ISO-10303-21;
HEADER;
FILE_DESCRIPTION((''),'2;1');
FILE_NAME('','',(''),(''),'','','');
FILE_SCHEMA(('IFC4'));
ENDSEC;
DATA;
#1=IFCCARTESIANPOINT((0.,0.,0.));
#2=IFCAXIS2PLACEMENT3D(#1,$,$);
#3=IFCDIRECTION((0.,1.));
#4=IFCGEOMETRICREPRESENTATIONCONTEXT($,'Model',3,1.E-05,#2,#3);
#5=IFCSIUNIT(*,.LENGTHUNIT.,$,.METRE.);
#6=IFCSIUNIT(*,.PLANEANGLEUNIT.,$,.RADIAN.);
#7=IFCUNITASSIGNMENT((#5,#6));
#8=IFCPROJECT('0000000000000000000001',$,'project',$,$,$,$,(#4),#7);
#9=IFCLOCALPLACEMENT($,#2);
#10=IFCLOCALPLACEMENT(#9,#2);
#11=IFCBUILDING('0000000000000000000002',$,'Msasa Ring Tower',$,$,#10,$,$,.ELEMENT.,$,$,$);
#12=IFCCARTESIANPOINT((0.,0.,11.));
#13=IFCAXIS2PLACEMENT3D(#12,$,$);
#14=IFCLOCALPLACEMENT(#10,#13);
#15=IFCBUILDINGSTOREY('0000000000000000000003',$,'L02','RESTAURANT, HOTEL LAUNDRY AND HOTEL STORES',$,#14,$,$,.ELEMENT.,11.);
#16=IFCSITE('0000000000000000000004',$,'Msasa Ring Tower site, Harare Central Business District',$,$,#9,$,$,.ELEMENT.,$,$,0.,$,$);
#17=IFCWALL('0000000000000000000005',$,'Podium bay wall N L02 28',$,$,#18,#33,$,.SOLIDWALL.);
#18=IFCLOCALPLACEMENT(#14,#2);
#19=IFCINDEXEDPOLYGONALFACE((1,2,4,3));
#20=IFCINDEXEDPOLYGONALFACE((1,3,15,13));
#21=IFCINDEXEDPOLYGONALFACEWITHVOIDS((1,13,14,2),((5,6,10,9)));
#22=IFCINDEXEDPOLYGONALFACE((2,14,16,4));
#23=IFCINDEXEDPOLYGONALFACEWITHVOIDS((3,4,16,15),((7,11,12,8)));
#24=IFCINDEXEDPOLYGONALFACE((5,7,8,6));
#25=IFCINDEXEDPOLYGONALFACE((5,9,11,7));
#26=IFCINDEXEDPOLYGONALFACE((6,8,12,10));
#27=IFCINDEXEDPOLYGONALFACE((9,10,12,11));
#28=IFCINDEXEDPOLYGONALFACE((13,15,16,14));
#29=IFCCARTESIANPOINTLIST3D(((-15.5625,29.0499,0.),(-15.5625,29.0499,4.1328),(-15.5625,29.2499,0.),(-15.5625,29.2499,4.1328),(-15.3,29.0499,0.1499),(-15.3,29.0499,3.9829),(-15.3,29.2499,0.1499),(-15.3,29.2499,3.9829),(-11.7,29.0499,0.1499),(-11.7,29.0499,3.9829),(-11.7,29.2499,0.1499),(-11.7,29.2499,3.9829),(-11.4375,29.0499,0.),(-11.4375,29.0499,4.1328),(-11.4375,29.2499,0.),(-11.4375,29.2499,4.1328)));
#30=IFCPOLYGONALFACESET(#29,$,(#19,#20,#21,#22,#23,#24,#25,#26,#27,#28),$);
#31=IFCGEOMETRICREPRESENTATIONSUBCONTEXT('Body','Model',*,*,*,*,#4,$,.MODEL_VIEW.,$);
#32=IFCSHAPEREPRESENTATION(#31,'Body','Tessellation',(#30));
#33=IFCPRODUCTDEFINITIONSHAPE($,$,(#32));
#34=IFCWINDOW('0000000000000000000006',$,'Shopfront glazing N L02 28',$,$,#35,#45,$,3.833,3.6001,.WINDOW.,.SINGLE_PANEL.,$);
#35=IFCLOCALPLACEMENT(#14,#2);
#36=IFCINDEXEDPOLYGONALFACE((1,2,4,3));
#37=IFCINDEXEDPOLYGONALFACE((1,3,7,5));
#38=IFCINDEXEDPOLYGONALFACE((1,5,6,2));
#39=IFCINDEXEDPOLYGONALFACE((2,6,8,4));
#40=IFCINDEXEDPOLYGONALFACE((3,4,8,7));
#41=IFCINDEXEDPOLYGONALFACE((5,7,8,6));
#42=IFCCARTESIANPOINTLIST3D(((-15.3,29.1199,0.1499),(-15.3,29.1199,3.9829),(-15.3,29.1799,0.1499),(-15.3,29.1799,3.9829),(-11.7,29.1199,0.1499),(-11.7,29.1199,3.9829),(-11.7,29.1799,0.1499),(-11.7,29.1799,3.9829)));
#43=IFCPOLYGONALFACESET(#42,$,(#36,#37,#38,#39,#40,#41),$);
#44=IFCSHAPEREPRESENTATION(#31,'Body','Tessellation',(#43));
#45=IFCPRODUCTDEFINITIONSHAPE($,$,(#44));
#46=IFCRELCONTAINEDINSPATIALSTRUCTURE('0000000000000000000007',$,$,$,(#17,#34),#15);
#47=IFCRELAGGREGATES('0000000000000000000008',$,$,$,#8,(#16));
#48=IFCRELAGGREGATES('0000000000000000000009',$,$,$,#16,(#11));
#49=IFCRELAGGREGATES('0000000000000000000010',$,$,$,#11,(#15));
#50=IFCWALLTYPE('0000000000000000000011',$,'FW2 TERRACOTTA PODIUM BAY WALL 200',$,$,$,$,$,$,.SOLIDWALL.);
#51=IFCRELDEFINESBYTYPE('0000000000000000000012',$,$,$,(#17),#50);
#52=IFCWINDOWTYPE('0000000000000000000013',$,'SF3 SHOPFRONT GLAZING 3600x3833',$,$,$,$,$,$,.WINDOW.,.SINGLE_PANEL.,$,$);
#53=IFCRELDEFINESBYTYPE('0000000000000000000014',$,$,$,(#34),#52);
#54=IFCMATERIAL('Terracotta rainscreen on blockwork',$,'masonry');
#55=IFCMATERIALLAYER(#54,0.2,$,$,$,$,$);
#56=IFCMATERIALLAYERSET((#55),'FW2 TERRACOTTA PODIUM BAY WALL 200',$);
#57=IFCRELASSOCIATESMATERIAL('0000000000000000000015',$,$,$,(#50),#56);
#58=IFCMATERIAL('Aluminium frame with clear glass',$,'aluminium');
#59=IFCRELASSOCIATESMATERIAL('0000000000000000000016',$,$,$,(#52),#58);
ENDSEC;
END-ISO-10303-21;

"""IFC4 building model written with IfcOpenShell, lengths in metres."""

from ifc_helpers import new_model, si_unit, direction, frame, frame_2d, origin, place, context, subcontext, project, spatial, rectangle, extrude, material, layer, layer_set, type_object, element, fill, save


model = new_model("IFC4")

# Units and contexts
model_context = context("Model", 3, precision=1e-05, world=origin(), true_north=direction((0.0, 1.0)))
body_context = subcontext(model_context, "Body", "Model", "MODEL_VIEW")
ifc_project = project(units=[si_unit("LENGTHUNIT", "METRE"), si_unit("PLANEANGLEUNIT", "RADIAN")], contexts=[model_context])

# Site, building, storey
site_placement = place(None, origin())
site = spatial("IfcSite", under=ifc_project, at=site_placement, Name="Msasa Ring Tower site, Harare Central Business District", CompositionType="ELEMENT", RefElevation=0.0)
building_placement = place(site_placement, origin())
building = spatial("IfcBuilding", under=site, at=building_placement, Name="Msasa Ring Tower", CompositionType="ELEMENT")
storey_placement = place(building_placement, frame((0.0, 0.0, 11.0)))
storey = spatial("IfcBuildingStorey", under=building, at=storey_placement, Name="L02", Description="RESTAURANT, HOTEL LAUNDRY AND HOTEL STORES", CompositionType="ELEMENT", Elevation=11.0)

# Wall, opening, window
ifc_material_1 = material(Name="Terracotta rainscreen on blockwork", Category="masonry")
ifc_layer = layer(ifc_material_1, 0.2)
ifc_layer_set = layer_set([ifc_layer], Name="FW2 TERRACOTTA PODIUM BAY WALL 200")
wall_type = type_object("IfcWallType", Name="FW2 TERRACOTTA PODIUM BAY WALL 200", PredefinedType="SOLIDWALL", material=ifc_layer_set)
ifc_material_2 = material(Name="Aluminium frame with clear glass", Category="aluminium")
window_type = type_object("IfcWindowType", Name="SF3 SHOPFRONT GLAZING 3600x3833", PartitioningType="SINGLE_PANEL", PredefinedType="WINDOW", material=ifc_material_2)
wall_1_placement = place(storey_placement, frame((-15.5625, 29.1499, 0.0), z_axis=(0.0, 0.0, 1.0), x_axis=(1.0, 0.0, 0.0)))
wall_1 = element("IfcWall", 1, at=wall_1_placement, inside=storey, type_object=wall_type, Name="Podium bay wall N L02 28", PredefinedType="SOLIDWALL", context=body_context, shape_type="SweptSolid", body=[
    extrude(rectangle(XDim=4.125, YDim=0.2, at=frame_2d((2.0625, 0.0))), origin(), (0.0, 0.0, 1.0), 4.1328),
])
opening_1_placement = place(wall_1_placement, frame((0.2625, 0.0, 0.1499)))
opening_1 = element("IfcOpeningElement", 2, at=opening_1_placement, cuts=wall_1, PredefinedType="OPENING", context=body_context, shape_type="SweptSolid", body=[
    extrude(rectangle(XDim=3.6001, YDim=3.833, at=frame_2d((1.8, 1.9165))), frame((0.0, 0.1099, 0.0), z_axis=(0.0, -1.0, 0.0), x_axis=(1.0, 0.0, 0.0)), (0.0, 0.0, 1.0), 0.22),
])
window_1_placement = place(opening_1_placement, origin())
window_1 = element("IfcWindow", 3, at=window_1_placement, inside=storey, type_object=window_type, Name="Shopfront glazing N L02 28", OverallHeight=3.833, OverallWidth=3.6001, PartitioningType="SINGLE_PANEL", PredefinedType="WINDOW", context=body_context, shape_type="SweptSolid", body=[
    extrude(rectangle(XDim=3.6001, YDim=3.833, at=frame_2d((1.8, 1.9165))), frame((0.0, 0.03, 0.0), z_axis=(0.0, -1.0, 0.0), x_axis=(1.0, 0.0, 0.0)), (0.0, 0.0, 1.0), 0.0601),
])
fill(opening_1, window_1)

save(model, "model.ifc")
